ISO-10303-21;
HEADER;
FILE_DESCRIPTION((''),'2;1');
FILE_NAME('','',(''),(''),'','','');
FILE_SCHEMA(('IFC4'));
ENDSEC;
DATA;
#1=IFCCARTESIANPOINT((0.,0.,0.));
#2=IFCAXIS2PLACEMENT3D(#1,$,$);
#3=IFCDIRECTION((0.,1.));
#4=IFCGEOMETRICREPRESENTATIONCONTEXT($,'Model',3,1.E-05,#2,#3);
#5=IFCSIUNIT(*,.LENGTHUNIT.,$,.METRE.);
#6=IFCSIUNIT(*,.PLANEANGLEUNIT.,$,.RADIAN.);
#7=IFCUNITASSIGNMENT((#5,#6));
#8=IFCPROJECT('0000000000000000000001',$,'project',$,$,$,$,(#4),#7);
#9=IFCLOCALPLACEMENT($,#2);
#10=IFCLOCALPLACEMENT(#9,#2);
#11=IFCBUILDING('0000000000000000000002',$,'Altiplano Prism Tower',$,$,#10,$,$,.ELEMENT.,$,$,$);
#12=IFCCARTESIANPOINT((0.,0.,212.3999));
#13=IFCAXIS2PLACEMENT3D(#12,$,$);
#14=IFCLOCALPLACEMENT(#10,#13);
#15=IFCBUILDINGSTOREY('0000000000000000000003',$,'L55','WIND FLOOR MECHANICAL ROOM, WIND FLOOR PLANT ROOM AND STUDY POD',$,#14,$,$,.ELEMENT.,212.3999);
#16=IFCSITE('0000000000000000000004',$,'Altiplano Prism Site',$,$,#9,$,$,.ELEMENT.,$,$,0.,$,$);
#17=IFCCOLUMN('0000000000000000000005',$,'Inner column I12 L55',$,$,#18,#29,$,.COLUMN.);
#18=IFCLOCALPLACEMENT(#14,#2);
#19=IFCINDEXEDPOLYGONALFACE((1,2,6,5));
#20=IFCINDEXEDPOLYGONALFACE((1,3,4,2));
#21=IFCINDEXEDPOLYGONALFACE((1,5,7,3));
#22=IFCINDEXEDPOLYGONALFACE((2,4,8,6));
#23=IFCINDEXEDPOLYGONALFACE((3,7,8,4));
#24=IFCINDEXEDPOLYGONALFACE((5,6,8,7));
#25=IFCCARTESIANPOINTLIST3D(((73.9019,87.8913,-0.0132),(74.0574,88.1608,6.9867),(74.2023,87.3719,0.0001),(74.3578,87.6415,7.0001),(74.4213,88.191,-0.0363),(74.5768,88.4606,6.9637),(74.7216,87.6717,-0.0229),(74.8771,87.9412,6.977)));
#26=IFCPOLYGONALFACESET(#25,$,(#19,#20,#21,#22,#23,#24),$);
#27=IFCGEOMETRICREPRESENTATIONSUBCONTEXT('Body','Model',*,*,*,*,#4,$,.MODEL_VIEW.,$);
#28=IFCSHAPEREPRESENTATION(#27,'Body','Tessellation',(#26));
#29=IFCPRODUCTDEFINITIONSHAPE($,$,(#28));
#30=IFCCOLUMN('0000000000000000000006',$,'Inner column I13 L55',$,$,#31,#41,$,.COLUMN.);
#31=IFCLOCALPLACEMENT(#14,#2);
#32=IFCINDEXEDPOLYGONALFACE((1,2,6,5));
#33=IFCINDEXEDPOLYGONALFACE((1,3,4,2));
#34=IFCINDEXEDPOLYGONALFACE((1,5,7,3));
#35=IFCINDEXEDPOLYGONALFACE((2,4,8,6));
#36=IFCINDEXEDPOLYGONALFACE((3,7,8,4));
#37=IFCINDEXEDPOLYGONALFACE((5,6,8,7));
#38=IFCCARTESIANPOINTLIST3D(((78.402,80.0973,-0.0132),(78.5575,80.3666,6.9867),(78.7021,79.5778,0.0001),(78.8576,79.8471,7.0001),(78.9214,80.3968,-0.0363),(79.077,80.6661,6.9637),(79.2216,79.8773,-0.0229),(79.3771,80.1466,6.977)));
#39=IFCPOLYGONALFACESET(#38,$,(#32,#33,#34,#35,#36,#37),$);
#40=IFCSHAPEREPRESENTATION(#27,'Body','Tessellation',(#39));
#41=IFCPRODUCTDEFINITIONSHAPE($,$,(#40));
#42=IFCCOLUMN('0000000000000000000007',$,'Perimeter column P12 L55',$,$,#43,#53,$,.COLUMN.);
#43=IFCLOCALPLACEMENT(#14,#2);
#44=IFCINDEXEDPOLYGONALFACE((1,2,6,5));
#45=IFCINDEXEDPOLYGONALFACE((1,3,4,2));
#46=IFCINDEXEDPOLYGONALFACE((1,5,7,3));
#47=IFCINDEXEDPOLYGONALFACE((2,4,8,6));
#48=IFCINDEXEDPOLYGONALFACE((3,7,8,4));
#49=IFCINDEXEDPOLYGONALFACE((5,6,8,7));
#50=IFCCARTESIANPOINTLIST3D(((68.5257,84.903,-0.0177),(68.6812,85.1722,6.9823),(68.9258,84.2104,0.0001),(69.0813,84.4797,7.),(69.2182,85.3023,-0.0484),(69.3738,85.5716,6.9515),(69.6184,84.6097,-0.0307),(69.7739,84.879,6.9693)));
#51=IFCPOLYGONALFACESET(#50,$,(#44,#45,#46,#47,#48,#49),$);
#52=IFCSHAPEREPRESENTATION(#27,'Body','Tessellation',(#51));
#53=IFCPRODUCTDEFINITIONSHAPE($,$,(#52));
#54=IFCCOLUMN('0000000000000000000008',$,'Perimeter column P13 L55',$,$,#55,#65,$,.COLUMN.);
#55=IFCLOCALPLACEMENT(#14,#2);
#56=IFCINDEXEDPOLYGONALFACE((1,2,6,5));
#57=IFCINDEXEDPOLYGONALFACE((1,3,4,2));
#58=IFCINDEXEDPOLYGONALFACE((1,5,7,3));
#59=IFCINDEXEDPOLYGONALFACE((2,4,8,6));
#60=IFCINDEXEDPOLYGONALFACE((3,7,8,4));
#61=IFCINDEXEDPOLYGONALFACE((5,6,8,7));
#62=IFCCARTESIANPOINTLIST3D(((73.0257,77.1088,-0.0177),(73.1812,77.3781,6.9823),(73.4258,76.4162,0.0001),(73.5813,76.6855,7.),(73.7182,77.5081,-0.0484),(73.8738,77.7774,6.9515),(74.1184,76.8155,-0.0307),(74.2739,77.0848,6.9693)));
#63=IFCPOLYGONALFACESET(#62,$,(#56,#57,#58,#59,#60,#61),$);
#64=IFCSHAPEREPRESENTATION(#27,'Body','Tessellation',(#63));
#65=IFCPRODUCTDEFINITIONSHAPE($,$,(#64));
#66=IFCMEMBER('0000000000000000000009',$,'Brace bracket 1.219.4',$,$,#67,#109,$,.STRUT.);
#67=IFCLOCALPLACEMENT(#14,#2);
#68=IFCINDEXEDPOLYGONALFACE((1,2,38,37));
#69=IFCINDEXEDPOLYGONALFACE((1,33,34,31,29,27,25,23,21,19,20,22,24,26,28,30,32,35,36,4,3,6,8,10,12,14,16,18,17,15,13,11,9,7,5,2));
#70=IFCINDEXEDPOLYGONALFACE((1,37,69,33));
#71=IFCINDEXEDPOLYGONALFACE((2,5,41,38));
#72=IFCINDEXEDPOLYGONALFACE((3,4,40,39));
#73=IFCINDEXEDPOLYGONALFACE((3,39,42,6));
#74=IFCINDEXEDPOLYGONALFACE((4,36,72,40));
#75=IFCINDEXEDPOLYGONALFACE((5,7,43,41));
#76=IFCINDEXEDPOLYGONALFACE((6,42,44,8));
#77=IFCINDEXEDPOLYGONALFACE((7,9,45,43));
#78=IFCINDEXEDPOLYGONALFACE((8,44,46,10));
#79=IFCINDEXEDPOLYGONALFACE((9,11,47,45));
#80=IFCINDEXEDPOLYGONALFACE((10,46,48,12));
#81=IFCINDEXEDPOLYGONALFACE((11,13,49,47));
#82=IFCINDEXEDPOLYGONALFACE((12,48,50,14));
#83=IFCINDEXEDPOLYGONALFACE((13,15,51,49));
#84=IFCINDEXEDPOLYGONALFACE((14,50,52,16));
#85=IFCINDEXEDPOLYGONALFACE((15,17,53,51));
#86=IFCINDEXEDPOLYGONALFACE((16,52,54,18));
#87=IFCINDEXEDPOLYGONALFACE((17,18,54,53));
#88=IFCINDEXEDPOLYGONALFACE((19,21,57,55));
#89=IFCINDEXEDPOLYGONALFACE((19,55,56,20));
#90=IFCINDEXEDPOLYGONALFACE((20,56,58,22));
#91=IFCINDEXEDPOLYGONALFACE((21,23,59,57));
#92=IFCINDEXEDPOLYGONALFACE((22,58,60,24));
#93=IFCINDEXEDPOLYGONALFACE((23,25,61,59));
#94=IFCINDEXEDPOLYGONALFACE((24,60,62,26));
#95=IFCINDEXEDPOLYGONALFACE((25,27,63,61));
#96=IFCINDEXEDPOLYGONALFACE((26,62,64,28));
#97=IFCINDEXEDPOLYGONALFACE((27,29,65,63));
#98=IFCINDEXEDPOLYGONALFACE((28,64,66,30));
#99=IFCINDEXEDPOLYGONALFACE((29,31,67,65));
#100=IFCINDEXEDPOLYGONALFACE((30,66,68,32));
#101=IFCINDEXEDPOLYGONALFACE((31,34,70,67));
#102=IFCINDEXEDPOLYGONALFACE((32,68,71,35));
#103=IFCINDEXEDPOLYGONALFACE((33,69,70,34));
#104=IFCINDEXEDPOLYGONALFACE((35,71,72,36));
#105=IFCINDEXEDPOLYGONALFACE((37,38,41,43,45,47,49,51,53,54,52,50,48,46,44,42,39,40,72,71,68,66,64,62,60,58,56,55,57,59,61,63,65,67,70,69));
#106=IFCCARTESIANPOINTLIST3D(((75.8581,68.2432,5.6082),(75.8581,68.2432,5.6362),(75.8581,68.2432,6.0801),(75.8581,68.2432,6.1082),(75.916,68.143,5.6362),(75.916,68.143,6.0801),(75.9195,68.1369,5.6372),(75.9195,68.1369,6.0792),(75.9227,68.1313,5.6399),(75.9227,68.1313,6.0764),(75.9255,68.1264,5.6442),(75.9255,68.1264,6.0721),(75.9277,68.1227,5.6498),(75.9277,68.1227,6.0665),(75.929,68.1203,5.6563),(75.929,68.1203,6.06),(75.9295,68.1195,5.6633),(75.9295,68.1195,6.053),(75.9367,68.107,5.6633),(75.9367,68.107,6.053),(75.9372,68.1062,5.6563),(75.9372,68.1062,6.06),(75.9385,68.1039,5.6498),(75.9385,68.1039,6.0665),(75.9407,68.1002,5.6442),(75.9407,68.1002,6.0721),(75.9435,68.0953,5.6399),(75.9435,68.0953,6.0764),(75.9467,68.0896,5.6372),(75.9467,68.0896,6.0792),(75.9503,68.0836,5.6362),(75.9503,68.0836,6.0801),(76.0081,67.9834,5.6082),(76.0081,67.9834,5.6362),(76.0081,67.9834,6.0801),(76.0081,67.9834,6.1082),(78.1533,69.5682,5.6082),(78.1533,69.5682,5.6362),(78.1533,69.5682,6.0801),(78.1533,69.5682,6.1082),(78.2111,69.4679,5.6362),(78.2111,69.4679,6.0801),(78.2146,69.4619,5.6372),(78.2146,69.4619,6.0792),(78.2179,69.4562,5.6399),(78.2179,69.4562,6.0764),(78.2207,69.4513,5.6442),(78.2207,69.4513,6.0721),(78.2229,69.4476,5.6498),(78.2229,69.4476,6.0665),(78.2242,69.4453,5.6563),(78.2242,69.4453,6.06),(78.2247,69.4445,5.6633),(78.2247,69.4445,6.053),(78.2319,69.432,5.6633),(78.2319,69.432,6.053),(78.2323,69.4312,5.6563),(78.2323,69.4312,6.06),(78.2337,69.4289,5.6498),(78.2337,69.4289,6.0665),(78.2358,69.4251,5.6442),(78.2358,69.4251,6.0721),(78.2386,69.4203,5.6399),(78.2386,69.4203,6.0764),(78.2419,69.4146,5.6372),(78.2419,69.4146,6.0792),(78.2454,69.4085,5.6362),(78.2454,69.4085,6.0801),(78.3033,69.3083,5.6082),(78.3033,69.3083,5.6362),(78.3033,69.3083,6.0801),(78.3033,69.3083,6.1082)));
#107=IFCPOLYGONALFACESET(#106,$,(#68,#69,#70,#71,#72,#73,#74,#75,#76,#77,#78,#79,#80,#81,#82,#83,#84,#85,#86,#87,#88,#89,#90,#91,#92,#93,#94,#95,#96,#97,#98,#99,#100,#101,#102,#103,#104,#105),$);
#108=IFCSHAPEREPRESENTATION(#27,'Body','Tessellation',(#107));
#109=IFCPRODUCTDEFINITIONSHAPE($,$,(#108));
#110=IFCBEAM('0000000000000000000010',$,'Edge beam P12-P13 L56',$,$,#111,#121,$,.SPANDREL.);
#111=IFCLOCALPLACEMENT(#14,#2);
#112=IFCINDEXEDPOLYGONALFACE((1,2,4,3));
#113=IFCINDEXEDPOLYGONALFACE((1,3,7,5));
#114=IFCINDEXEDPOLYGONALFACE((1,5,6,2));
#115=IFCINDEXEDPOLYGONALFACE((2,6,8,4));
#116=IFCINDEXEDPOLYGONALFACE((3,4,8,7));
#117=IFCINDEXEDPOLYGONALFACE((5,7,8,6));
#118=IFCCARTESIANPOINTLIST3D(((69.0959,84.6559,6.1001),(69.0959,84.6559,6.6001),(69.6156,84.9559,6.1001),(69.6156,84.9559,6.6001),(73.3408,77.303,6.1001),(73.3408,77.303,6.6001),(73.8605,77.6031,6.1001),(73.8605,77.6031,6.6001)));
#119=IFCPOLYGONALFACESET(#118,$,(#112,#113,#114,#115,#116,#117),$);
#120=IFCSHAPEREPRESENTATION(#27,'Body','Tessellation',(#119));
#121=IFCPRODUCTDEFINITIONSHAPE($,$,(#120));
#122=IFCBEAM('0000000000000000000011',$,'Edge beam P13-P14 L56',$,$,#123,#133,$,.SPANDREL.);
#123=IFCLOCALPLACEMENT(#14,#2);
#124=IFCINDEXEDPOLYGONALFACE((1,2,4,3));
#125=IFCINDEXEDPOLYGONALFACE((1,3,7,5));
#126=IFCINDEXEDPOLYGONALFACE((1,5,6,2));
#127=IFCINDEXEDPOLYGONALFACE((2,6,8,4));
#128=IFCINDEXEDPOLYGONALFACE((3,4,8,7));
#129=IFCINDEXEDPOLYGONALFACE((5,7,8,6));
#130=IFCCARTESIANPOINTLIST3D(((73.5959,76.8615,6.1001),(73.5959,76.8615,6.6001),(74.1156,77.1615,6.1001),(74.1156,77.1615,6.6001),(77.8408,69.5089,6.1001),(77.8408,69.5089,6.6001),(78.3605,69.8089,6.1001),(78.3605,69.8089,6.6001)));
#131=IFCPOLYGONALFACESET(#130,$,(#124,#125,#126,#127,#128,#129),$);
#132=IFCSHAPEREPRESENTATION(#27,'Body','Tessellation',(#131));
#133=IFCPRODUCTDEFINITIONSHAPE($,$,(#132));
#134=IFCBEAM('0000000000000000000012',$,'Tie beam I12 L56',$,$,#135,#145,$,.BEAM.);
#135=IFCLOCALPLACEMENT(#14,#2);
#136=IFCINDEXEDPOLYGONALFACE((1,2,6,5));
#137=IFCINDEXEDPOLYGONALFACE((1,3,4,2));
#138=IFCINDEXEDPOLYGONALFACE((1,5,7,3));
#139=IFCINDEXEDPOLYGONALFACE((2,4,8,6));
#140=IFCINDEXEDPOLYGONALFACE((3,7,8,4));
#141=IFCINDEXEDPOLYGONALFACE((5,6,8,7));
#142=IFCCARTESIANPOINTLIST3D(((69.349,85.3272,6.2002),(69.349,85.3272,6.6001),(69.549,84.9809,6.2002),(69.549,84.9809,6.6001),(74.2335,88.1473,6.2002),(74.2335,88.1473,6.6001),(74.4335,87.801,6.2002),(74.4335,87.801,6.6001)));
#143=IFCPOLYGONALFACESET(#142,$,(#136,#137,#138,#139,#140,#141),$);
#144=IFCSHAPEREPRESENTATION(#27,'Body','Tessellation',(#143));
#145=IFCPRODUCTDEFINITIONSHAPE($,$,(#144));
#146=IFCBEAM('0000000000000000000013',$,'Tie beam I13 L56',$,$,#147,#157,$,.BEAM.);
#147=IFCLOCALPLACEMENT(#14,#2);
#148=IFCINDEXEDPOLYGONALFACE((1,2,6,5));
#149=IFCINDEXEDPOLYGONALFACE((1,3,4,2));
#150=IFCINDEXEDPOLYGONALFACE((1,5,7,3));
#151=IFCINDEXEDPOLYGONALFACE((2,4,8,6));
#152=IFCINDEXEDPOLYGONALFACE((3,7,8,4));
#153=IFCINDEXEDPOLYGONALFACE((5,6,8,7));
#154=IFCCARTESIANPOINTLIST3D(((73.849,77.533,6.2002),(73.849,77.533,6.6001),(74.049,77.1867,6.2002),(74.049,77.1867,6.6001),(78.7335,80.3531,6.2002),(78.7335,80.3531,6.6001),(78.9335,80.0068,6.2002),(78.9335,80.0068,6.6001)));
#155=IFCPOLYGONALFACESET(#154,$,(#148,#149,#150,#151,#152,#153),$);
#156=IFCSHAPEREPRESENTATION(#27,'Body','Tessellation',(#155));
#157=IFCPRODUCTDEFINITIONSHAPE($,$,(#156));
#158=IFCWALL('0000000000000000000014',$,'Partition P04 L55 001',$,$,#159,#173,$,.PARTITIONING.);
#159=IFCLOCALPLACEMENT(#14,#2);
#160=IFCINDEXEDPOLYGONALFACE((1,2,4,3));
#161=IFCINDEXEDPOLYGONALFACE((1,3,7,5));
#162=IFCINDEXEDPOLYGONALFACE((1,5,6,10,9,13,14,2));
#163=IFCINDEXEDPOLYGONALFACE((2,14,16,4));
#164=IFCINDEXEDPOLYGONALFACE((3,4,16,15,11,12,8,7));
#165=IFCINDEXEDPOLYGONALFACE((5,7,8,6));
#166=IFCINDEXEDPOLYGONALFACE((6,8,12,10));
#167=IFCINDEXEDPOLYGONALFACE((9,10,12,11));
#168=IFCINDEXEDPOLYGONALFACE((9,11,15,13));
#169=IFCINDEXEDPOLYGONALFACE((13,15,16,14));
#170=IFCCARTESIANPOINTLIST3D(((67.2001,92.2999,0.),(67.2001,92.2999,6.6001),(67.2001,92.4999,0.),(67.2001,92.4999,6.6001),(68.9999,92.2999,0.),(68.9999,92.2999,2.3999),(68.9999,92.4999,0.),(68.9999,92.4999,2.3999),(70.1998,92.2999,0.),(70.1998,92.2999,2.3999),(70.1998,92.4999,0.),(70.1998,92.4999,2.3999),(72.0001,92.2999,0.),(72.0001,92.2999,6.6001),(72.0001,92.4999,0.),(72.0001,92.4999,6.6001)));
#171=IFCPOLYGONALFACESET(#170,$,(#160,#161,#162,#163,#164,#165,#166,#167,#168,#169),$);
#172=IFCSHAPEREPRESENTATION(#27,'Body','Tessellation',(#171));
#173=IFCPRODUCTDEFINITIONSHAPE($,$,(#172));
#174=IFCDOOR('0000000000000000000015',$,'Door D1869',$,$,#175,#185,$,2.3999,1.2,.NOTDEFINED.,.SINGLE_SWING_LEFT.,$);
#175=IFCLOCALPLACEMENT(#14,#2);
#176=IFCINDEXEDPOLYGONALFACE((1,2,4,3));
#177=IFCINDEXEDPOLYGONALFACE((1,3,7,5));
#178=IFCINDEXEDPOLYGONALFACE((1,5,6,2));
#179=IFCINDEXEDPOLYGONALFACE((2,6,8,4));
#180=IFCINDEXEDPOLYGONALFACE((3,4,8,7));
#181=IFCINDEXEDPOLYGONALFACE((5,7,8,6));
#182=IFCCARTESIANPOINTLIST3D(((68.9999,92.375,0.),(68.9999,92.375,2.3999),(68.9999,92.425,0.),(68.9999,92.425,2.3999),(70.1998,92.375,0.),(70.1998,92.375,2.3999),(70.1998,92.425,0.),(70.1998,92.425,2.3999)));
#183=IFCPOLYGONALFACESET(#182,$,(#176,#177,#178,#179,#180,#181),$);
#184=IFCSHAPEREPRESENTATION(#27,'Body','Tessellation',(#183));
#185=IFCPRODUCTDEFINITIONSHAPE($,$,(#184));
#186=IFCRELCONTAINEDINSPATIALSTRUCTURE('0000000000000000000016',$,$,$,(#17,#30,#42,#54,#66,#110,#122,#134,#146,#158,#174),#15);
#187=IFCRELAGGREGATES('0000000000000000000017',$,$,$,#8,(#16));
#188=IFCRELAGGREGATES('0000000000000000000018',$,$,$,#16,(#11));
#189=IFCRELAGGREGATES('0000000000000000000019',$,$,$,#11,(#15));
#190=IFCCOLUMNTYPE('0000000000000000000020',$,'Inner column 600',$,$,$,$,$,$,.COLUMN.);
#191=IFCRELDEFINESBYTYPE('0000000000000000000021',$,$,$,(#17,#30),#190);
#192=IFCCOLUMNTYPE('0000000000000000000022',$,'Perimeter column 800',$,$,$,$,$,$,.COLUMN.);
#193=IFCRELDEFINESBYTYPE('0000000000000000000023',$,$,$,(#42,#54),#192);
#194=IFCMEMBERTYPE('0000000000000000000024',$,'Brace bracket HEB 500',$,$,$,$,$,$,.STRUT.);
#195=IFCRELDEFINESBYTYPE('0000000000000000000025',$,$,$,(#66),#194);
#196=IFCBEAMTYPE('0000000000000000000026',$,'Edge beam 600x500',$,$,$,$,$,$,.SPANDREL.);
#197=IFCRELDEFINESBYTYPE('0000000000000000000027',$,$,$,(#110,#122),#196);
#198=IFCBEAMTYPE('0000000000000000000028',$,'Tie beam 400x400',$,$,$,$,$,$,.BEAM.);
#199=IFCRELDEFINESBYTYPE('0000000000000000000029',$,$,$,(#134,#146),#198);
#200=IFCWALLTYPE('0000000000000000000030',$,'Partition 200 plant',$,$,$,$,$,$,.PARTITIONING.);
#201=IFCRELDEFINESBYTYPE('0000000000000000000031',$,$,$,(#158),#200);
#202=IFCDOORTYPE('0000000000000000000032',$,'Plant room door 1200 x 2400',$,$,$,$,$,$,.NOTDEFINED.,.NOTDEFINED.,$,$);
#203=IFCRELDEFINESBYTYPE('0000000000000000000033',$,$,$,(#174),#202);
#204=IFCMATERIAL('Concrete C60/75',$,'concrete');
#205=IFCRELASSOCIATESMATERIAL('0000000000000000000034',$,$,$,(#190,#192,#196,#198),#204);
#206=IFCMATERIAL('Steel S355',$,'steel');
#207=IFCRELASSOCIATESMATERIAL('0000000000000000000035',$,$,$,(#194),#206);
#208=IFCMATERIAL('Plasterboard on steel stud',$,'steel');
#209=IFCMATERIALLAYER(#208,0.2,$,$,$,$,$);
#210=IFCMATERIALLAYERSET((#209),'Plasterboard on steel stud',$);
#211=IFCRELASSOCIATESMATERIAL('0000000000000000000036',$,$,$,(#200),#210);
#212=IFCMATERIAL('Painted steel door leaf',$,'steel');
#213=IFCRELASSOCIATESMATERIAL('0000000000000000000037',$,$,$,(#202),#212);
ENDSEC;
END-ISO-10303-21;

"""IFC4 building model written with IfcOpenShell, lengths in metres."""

from ifc_helpers import new_model, si_unit, direction, frame, frame_2d, origin, origin_2d, place, context, subcontext, project, spatial, rectangle, i_section, extrude, material, layer, layer_set, material_profile, profile_set, type_object, element, fill, save


model = new_model("IFC4")

# Units and contexts
model_context = context("Model", 3, precision=1e-05, world=origin(), true_north=direction((0.0, 1.0)))
body_context = subcontext(model_context, "Body", "Model", "MODEL_VIEW")
ifc_project = project(units=[si_unit("LENGTHUNIT", "METRE"), si_unit("PLANEANGLEUNIT", "RADIAN")], contexts=[model_context])

# Site, building, storey
site_placement = place(None, origin())
site = spatial("IfcSite", under=ifc_project, at=site_placement, Name="Altiplano Prism Site", CompositionType="ELEMENT", RefElevation=0.0)
building_placement = place(site_placement, origin())
building = spatial("IfcBuilding", under=site, at=building_placement, Name="Altiplano Prism Tower", CompositionType="ELEMENT")
storey_placement = place(building_placement, frame((0.0, 0.0, 212.3999)))
storey = spatial("IfcBuildingStorey", under=building, at=storey_placement, Name="L55", Description="WIND FLOOR MECHANICAL ROOM, WIND FLOOR PLANT ROOM AND STUDY POD", CompositionType="ELEMENT", Elevation=212.3999)

# Columns
ifc_material_1 = material(Name="Concrete C60/75", Category="concrete")
ifc_material_profile_1 = material_profile(ifc_material_1, rectangle(XDim=0.6001, YDim=0.6001, at=origin_2d()), Name="Inner column 600")
ifc_profile_set_1 = profile_set([ifc_material_profile_1], Name="Concrete C60/75")
column_type_1 = type_object("IfcColumnType", Name="Inner column 600", PredefinedType="COLUMN", material=ifc_profile_set_1)
for number, where, z_axis, x_axis, name in (
    (1, (74.3118, 87.7815, -0.0181), (0.022195, 0.038466, 0.999013), (-0.865463, -0.499494, 0.038461), "Inner column I12 L55"),
    (2, (78.8118, 79.9873, -0.0181), (0.022195, 0.038432, 0.999015), (-0.865661, -0.499153, 0.038434), "Inner column I13 L55"),
):
    element("IfcColumn", number, at=place(storey_placement, frame(where, z_axis=z_axis, x_axis=x_axis)), inside=storey, type_object=column_type_1, Name=name, PredefinedType="COLUMN", context=body_context, shape_type="SweptSolid", body=[
        extrude(rectangle(XDim=0.6001, YDim=0.6001, at=origin_2d()), origin(), (0.0, 0.0, 1.0), 7.0068),
    ])
ifc_material_profile_2 = material_profile(ifc_material_1, rectangle(XDim=0.8, YDim=0.8, at=origin_2d()), Name="Perimeter column 800")
ifc_profile_set_2 = profile_set([ifc_material_profile_2], Name="Concrete C60/75")
column_type_2 = type_object("IfcColumnType", Name="Perimeter column 800", PredefinedType="COLUMN", material=ifc_profile_set_2)
for number, where, z_axis, x_axis, name in (
    (3, (69.072, 84.7563, -0.0242), (0.022195, 0.038432, 0.999015), (-0.86566, -0.499155, 0.038434), "Perimeter column P12 L55"),
    (4, (73.572, 76.9622, -0.0242), (0.022195, 0.038432, 0.999015), (-0.865661, -0.499153, 0.038434), "Perimeter column P13 L55"),
):
    element("IfcColumn", number, at=place(storey_placement, frame(where, z_axis=z_axis, x_axis=x_axis)), inside=storey, type_object=column_type_2, Name=name, PredefinedType="COLUMN", context=body_context, shape_type="SweptSolid", body=[
        extrude(rectangle(XDim=0.8, YDim=0.8, at=origin_2d()), origin(), (0.0, 0.0, 1.0), 7.0068),
    ])

# Member
ifc_material_2 = material(Name="Steel S355", Category="steel")
ifc_material_profile_3 = material_profile(ifc_material_2, i_section(OverallWidth=0.3, OverallDepth=0.5, WebThickness=0.0144, FlangeThickness=0.0281, FilletRadius=0.0271, at=origin_2d()), Name="Brace bracket HEB 500")
ifc_profile_set_3 = profile_set([ifc_material_profile_3], Name="Steel S355")
member_type = type_object("IfcMemberType", Name="Brace bracket HEB 500", PredefinedType="STRUT", material=ifc_profile_set_3)
member_placement = place(storey_placement, frame((78.2283, 69.4382, 5.8582), z_axis=(-0.866052, -0.499954, 0.0), x_axis=(0.499954, -0.866052, 0.0)))
element("IfcMember", 5, at=member_placement, inside=storey, type_object=member_type, Name="Brace bracket 1.219.4", PredefinedType="STRUT", context=body_context, shape_type="SweptSolid", body=[
    extrude(i_section(OverallWidth=0.3, OverallDepth=0.5, WebThickness=0.0144, FlangeThickness=0.0281, FilletRadius=0.0271, at=origin_2d()), origin(), (0.0, 0.0, 1.0), 2.6501),
])

# Beams
ifc_material_profile_4 = material_profile(ifc_material_1, rectangle(XDim=0.6001, YDim=0.5, at=origin_2d()), Name="Edge beam 600x500")
ifc_profile_set_4 = profile_set([ifc_material_profile_4], Name="Concrete C60/75")
beam_type_1 = type_object("IfcBeamType", Name="Edge beam 600x500", PredefinedType="SPANDREL", material=ifc_profile_set_4)
beam_1_placement = place(storey_placement, frame((69.3557, 84.8059, 6.3501), z_axis=(0.499977, -0.866039, 0.0), x_axis=(0.866039, 0.499977, 0.0)))
element("IfcBeam", 6, at=beam_1_placement, inside=storey, type_object=beam_type_1, Name="Edge beam P12-P13 L56", PredefinedType="SPANDREL", context=body_context, shape_type="SweptSolid", body=[
    extrude(rectangle(XDim=0.6001, YDim=0.5, at=origin_2d()), origin(), (0.0, 0.0, 1.0), 8.4902),
])
beam_2_placement = place(storey_placement, frame((73.8557, 77.0115, 6.3501), z_axis=(0.49999, -0.866031, 0.0), x_axis=(0.866031, 0.49999, 0.0)))
element("IfcBeam", 7, at=beam_2_placement, inside=storey, type_object=beam_type_1, Name="Edge beam P13-P14 L56", PredefinedType="SPANDREL", context=body_context, shape_type="SweptSolid", body=[
    extrude(rectangle(XDim=0.6001, YDim=0.5, at=origin_2d()), origin(), (0.0, 0.0, 1.0), 8.49),
])
ifc_material_profile_5 = material_profile(ifc_material_1, rectangle(XDim=0.3999, YDim=0.3999, at=origin_2d()), Name="Tie beam 400x400")
ifc_profile_set_5 = profile_set([ifc_material_profile_5], Name="Concrete C60/75")
beam_type_2 = type_object("IfcBeamType", Name="Tie beam 400x400", PredefinedType="BEAM", material=ifc_profile_set_5)
for number, where, z_axis, x_axis, name in (
    (8, (74.3335, 87.9741, 6.4001), (-0.866026, -0.499998, 0.0), (0.499998, -0.866026, 0.0), "Tie beam I12 L56"),
    (9, (78.8335, 80.1799, 6.4001), (-0.866026, -0.499998, 0.0), (0.499998, -0.866026, 0.0), "Tie beam I13 L56"),
):
    element("IfcBeam", number, at=place(storey_placement, frame(where, z_axis=z_axis, x_axis=x_axis)), inside=storey, type_object=beam_type_2, Name=name, PredefinedType="BEAM", context=body_context, shape_type="SweptSolid", body=[
        extrude(rectangle(XDim=0.3999, YDim=0.3999, at=origin_2d()), origin(), (0.0, 0.0, 1.0), 5.6401),
    ])

# Wall, opening, door
ifc_material_3 = material(Name="Plasterboard on steel stud", Category="steel")
ifc_layer_1 = layer(ifc_material_3, 0.2)
ifc_layer_set_1 = layer_set([ifc_layer_1], Name="Plasterboard on steel stud")
wall_type_1 = type_object("IfcWallType", Name="Partition 200 plant", PredefinedType="PARTITIONING", material=ifc_layer_set_1)
wall_1_placement = place(storey_placement, frame((72.0, 92.3999, 0.0), z_axis=(0.0, 0.0, 1.0), x_axis=(-1.0, 0.0, 0.0)))
wall_1 = element("IfcWall", 10, at=wall_1_placement, inside=storey, type_object=wall_type_1, Name="Partition P04 L55 001", PredefinedType="PARTITIONING", context=body_context, shape_type="SweptSolid", body=[
    extrude(rectangle(XDim=4.8, YDim=0.2, at=frame_2d((2.3999, 0.0))), origin(), (0.0, 0.0, 1.0), 6.6001),
])
opening_1_placement = place(wall_1_placement, frame((1.8, 0.0, 0.0)))
opening_1 = element("IfcOpeningElement", 11, at=opening_1_placement, cuts=wall_1, PredefinedType="OPENING", context=body_context, shape_type="SweptSolid", body=[
    extrude(rectangle(XDim=1.2, YDim=2.3999, at=frame_2d((0.6001, 1.2))), frame((0.0, 0.1104, 0.0), z_axis=(0.0, -1.0, 0.0), x_axis=(1.0, 0.0, 0.0)), (0.0, 0.0, 1.0), 0.2209),
])
ifc_material_4 = material(Name="Painted steel door leaf", Category="steel")
door_type_1 = type_object("IfcDoorType", Name="Plant room door 1200 x 2400", OperationType="NOTDEFINED", PredefinedType="NOTDEFINED", material=ifc_material_4)
door_1_placement = place(opening_1_placement, origin())
door_1 = element("IfcDoor", 12, at=door_1_placement, inside=storey, type_object=door_type_1, Name="Door D1869", OperationType="SINGLE_SWING_LEFT", OverallHeight=2.3999, OverallWidth=1.2, PredefinedType="NOTDEFINED", context=body_context, shape_type="SweptSolid", body=[
    extrude(rectangle(XDim=1.2, YDim=2.3999, at=frame_2d((0.6001, 1.2))), frame((0.0, 0.0249, 0.0), z_axis=(0.0, -1.0, 0.0), x_axis=(1.0, 0.0, 0.0)), (0.0, 0.0, 1.0), 0.05),
])
fill(opening_1, door_1)

save(model, "model.ifc")
